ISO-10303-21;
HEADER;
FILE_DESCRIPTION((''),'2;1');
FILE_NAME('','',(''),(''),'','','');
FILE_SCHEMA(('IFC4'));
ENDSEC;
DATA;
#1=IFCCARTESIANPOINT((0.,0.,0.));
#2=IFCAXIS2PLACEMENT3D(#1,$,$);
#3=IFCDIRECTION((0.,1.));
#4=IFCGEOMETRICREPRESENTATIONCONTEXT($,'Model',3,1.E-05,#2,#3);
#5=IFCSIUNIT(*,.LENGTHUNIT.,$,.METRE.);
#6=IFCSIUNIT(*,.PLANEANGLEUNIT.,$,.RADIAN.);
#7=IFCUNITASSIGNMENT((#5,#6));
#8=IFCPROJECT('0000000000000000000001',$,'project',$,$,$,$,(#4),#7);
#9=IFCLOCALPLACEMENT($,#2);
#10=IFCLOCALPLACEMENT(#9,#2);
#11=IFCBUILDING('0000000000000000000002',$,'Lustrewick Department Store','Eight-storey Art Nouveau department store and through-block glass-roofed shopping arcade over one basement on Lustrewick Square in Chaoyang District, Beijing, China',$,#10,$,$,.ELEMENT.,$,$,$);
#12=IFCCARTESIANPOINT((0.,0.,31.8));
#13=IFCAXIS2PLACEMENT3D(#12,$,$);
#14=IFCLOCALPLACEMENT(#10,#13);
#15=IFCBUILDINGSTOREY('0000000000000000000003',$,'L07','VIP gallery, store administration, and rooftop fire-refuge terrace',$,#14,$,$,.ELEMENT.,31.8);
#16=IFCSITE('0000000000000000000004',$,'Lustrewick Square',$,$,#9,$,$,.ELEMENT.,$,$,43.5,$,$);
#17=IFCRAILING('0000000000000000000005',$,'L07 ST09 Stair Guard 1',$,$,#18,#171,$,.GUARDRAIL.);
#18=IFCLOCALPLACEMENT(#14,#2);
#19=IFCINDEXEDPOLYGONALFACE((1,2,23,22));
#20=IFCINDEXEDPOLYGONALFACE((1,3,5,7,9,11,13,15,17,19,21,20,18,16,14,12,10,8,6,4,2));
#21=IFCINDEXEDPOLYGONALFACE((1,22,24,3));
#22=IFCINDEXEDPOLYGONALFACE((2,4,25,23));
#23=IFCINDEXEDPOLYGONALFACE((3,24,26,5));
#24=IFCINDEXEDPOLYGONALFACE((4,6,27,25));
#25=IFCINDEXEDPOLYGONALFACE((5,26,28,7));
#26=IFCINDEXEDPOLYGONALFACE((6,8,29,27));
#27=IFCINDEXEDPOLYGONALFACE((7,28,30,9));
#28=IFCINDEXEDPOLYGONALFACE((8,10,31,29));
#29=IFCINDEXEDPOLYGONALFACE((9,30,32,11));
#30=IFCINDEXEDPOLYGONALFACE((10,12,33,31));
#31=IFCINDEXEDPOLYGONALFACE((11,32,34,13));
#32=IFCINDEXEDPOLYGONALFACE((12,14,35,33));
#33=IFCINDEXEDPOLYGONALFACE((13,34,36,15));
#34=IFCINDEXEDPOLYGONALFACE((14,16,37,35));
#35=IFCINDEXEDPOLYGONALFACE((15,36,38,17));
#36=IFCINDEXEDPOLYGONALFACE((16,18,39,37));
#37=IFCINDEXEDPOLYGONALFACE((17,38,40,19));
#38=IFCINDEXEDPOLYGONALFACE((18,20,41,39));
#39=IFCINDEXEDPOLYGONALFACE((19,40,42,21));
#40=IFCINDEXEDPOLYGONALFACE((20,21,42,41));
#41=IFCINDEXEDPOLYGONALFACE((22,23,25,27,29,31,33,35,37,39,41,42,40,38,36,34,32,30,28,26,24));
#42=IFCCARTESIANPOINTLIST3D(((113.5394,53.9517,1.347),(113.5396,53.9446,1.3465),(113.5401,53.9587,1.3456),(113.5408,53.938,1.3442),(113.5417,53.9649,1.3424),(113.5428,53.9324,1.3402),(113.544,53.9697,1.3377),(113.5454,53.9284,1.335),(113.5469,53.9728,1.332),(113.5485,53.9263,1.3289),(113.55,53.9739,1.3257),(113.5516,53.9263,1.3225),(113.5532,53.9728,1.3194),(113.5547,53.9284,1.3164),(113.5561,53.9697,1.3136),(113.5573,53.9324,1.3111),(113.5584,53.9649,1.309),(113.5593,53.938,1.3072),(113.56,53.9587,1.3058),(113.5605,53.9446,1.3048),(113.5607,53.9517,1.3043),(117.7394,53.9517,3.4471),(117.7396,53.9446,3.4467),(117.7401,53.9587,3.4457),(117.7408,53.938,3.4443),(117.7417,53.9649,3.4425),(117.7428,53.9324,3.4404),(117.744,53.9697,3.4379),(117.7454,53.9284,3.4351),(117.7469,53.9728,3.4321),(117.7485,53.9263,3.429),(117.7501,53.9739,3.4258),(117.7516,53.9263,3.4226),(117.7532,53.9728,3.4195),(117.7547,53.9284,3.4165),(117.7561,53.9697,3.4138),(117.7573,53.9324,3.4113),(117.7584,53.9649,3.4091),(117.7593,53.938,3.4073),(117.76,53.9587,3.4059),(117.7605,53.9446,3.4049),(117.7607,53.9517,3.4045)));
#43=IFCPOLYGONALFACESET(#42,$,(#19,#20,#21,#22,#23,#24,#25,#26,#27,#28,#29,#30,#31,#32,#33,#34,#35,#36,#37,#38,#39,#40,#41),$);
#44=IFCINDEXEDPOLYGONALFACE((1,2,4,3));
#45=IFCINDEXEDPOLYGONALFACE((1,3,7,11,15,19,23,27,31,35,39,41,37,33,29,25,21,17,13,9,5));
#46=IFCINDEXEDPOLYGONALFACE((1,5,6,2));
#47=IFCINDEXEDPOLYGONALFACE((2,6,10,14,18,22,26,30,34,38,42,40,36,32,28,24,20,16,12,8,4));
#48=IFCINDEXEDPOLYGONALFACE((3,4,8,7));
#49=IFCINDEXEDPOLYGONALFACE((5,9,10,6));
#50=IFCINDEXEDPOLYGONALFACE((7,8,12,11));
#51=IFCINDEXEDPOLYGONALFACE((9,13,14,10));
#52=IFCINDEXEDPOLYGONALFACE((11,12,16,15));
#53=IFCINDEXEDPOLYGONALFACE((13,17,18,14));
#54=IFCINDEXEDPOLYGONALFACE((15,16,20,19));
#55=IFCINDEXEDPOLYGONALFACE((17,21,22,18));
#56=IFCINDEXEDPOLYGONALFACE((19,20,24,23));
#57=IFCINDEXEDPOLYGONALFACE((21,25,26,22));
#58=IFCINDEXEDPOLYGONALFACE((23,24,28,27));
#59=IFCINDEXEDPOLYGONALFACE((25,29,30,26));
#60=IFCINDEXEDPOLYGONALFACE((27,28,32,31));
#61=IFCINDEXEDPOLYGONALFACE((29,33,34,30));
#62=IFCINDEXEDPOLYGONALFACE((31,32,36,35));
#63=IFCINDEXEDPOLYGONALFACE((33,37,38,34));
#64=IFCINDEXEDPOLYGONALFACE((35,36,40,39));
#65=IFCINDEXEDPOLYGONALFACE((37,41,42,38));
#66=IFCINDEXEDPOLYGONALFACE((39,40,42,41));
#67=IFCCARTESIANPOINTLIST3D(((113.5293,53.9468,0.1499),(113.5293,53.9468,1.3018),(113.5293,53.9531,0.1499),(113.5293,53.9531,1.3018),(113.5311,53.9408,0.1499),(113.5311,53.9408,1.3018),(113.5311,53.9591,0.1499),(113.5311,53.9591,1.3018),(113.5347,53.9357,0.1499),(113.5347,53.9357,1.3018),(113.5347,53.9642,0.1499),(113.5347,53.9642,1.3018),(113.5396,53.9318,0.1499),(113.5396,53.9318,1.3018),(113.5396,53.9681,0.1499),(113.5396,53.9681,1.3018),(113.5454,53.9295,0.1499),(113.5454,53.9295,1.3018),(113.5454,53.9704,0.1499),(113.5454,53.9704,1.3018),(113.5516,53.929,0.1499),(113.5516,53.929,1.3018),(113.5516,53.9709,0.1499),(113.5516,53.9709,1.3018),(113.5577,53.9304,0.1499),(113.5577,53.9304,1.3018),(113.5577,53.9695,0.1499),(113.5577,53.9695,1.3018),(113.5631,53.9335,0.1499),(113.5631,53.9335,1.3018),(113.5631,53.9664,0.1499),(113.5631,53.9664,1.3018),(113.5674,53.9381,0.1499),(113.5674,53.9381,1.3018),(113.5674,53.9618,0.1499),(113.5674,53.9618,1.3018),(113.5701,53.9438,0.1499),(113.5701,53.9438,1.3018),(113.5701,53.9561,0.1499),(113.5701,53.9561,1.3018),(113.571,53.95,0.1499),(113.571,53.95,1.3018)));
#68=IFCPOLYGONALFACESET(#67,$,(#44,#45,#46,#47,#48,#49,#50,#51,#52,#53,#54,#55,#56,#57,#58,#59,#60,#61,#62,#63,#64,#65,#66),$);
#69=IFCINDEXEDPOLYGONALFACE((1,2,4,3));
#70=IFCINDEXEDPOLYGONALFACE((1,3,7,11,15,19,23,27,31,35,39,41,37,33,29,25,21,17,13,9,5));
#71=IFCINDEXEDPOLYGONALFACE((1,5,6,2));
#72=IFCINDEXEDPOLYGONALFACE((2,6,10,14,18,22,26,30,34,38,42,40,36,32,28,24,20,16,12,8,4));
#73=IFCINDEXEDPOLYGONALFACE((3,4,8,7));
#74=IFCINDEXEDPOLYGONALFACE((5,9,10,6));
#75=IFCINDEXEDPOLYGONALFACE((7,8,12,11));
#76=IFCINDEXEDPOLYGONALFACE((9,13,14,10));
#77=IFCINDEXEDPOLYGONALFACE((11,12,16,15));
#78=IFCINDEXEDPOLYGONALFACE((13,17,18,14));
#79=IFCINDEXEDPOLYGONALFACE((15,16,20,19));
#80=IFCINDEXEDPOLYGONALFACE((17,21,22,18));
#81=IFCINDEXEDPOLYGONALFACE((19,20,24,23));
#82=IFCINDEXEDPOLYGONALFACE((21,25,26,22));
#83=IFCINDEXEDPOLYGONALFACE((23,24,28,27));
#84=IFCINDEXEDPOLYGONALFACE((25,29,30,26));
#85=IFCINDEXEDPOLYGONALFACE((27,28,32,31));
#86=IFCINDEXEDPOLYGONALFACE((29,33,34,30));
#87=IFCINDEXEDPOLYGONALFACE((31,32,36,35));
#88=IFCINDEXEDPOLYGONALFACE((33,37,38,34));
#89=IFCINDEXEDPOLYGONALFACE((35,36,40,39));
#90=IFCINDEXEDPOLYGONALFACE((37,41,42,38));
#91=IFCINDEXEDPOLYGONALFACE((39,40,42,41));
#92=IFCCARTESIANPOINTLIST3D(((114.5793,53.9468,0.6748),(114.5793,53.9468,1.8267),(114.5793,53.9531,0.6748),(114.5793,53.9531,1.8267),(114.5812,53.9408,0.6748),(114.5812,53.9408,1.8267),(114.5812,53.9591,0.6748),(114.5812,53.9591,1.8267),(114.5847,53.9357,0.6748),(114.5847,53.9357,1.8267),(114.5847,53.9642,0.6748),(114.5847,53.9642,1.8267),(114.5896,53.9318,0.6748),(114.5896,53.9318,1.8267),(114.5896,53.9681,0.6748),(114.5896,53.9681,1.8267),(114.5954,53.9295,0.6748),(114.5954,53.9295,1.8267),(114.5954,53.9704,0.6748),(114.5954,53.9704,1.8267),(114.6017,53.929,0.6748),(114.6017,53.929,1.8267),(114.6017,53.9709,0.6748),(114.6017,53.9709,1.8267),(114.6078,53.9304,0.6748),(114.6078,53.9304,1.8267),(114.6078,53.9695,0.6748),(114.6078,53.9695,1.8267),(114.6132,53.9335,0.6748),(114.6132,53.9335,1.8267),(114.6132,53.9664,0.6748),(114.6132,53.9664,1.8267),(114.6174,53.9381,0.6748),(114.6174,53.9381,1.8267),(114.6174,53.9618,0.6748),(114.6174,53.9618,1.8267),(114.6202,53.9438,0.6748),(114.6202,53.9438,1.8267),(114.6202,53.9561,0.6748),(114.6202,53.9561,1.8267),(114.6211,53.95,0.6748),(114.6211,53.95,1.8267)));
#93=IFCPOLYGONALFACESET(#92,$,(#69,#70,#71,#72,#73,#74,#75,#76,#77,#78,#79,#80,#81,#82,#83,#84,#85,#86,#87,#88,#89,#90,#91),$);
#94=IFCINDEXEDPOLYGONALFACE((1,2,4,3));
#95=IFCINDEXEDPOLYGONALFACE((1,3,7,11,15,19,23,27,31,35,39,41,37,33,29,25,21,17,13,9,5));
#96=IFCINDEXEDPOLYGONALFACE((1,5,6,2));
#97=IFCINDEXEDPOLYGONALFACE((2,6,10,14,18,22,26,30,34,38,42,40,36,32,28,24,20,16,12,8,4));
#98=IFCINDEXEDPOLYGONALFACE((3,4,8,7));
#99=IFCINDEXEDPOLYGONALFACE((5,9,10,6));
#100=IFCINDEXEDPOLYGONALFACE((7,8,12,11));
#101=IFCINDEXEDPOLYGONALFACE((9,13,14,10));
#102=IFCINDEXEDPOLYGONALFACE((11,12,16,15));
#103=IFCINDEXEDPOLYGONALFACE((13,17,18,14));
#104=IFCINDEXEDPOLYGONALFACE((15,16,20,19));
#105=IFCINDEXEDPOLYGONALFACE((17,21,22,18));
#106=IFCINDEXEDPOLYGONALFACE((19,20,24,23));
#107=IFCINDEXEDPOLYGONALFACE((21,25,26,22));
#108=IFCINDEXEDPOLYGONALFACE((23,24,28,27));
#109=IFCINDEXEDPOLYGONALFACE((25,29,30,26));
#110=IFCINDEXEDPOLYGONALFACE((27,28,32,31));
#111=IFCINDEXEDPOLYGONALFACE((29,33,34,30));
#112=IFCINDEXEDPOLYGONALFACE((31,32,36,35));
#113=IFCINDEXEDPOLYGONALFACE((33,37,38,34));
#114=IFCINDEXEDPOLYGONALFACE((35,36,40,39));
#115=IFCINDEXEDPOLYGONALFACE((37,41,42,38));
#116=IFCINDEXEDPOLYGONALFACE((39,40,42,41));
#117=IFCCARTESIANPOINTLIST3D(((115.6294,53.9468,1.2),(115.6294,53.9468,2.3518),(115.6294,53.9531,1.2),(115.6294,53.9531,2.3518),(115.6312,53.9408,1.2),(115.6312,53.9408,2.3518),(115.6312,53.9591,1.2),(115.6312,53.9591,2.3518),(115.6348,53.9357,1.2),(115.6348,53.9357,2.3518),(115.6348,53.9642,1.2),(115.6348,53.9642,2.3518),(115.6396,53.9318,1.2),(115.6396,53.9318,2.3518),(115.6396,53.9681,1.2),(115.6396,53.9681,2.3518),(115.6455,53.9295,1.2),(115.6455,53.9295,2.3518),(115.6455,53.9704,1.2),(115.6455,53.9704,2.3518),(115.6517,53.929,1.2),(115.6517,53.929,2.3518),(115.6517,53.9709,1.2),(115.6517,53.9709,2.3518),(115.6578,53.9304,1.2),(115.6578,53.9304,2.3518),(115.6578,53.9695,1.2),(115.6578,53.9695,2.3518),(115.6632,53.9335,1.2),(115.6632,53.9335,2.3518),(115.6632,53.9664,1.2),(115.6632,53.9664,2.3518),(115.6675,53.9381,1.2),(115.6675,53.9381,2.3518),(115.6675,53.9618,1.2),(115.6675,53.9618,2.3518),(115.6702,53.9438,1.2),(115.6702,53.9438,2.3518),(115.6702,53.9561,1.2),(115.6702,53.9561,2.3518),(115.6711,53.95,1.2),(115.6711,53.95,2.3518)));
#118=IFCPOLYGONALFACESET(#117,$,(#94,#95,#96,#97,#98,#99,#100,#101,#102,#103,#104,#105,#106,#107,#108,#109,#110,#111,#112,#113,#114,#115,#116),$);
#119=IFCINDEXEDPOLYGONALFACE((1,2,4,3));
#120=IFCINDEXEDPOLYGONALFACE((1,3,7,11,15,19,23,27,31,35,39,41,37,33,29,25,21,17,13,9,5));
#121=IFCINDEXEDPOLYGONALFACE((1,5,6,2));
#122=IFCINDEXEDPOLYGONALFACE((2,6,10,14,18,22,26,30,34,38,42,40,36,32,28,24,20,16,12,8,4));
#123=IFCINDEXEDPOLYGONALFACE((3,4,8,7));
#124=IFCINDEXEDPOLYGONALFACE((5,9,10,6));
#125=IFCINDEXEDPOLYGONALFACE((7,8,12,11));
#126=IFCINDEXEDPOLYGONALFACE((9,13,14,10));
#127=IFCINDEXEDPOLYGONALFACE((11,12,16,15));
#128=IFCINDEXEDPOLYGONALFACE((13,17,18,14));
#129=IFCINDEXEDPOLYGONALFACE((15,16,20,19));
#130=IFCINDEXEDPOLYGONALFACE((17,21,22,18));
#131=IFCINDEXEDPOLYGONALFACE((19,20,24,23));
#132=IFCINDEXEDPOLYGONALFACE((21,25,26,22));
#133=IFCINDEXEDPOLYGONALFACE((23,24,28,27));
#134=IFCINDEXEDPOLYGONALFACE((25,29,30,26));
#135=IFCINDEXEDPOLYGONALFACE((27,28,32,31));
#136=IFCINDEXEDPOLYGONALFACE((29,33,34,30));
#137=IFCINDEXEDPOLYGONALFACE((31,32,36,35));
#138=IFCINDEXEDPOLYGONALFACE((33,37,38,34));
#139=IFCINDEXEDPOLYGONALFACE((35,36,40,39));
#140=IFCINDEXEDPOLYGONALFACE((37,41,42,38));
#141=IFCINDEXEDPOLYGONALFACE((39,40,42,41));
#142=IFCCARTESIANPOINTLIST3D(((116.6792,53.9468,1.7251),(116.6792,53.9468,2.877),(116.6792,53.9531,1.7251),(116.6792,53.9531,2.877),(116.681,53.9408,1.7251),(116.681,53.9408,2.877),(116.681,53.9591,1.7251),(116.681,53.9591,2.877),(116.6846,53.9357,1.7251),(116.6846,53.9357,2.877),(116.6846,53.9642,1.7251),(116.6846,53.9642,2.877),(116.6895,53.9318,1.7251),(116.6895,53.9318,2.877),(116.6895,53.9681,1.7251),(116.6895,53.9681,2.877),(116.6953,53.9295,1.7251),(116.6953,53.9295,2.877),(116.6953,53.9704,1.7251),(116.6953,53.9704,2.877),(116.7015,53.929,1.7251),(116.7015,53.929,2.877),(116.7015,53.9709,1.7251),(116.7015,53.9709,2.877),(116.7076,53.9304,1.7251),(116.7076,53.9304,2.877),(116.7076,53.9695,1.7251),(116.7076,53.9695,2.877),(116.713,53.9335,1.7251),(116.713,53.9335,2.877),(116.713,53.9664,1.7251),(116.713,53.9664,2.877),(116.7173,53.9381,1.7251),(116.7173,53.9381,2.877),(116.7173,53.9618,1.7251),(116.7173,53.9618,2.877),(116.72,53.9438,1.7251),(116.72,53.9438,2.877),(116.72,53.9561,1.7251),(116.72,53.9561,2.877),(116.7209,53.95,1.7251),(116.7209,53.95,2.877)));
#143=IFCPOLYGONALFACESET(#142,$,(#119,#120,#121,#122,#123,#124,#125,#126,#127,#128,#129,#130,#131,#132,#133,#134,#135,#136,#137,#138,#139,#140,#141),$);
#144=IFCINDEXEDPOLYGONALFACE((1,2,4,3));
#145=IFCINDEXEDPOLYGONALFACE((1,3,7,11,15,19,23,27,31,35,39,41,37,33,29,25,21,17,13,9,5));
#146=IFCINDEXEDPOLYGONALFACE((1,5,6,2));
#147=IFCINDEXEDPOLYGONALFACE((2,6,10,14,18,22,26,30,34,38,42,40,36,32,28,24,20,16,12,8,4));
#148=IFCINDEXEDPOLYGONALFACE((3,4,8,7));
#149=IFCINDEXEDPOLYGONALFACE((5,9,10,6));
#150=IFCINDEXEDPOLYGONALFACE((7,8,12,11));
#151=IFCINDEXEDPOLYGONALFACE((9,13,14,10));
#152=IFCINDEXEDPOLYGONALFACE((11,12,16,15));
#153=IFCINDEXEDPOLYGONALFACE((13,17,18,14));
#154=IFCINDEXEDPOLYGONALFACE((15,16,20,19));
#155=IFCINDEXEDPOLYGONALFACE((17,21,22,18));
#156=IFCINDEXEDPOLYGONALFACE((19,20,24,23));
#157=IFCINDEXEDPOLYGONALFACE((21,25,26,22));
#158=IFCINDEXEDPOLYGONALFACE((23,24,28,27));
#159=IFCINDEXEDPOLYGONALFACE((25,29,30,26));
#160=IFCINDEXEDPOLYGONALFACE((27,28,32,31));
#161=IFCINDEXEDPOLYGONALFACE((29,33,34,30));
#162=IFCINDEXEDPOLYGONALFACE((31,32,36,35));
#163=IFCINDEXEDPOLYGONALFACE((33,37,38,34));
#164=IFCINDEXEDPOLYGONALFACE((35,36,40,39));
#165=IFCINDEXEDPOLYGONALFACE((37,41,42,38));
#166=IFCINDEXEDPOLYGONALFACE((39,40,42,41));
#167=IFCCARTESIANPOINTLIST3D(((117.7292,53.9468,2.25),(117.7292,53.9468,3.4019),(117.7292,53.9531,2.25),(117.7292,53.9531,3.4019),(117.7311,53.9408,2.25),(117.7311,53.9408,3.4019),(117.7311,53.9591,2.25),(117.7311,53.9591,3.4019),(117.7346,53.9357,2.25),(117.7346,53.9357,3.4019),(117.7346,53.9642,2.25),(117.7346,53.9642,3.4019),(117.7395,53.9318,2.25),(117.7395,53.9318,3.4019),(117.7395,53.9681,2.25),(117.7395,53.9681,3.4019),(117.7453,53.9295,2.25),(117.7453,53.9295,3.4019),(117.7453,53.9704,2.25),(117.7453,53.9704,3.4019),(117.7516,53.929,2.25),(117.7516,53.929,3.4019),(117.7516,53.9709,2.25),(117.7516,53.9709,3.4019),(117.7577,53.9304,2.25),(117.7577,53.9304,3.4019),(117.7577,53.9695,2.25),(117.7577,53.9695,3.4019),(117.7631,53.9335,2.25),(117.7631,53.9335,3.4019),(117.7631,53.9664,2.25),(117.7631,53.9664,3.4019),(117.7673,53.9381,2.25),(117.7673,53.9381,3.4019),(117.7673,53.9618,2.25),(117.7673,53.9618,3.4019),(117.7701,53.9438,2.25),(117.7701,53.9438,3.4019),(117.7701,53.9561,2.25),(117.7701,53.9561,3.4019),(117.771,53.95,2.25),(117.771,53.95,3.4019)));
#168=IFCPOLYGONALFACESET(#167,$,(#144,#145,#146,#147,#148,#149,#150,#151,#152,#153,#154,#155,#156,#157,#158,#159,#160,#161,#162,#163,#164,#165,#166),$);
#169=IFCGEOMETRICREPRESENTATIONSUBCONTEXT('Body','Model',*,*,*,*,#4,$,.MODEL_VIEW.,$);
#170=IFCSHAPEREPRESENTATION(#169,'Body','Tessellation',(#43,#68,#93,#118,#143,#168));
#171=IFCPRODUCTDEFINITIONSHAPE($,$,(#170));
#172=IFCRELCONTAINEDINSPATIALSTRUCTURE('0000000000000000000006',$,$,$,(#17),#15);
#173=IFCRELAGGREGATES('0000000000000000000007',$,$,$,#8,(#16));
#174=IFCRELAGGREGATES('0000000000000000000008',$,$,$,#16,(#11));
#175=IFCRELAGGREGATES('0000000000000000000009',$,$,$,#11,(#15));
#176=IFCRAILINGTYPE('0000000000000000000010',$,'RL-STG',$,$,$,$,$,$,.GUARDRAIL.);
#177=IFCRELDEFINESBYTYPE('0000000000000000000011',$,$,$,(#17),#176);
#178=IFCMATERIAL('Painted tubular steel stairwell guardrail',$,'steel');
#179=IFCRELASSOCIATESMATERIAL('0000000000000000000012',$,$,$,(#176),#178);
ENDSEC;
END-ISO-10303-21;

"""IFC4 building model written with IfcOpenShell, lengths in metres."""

from ifc_helpers import new_model, si_unit, direction, frame, origin, origin_2d, place, context, subcontext, project, spatial, circle, extrude, material, type_object, element, save


model = new_model("IFC4")

# Units and contexts
model_context = context("Model", 3, precision=1e-05, world=origin(), true_north=direction((0.0, 1.0)))
body_context = subcontext(model_context, "Body", "Model", "MODEL_VIEW")
ifc_project = project(units=[si_unit("LENGTHUNIT", "METRE"), si_unit("PLANEANGLEUNIT", "RADIAN")], contexts=[model_context])

# Site, building, storey
site_placement = place(None, origin())
site = spatial("IfcSite", under=ifc_project, at=site_placement, Name="Lustrewick Square", CompositionType="ELEMENT", RefElevation=43.5)
building_placement = place(site_placement, origin())
building = spatial("IfcBuilding", under=site, at=building_placement, Name="Lustrewick Department Store", Description="Eight-storey Art Nouveau department store and through-block glass-roofed shopping arcade over one basement on Lustrewick Square in Chaoyang District, Beijing, China", CompositionType="ELEMENT")
storey_placement = place(building_placement, frame((0.0, 0.0, 31.8)))
storey = spatial("IfcBuildingStorey", under=building, at=storey_placement, Name="L07", Description="VIP gallery, store administration, and rooftop fire-refuge terrace", CompositionType="ELEMENT", Elevation=31.8)

# Railing
ifc_material_1 = material(Name="Painted tubular steel stairwell guardrail", Category="steel")
railing_type_1 = type_object("IfcRailingType", Name="RL-STG", PredefinedType="GUARDRAIL", material=ifc_material_1)
railing_1_placement = place(storey_placement, frame((113.55, 53.95, 0.1499)))
element("IfcRailing", 1, at=railing_1_placement, inside=storey, type_object=railing_type_1, Name="L07 ST09 Stair Guard 1", PredefinedType="GUARDRAIL", context=body_context, shape_type="SweptSolid", body=[
    extrude(circle(Radius=0.0239, at=origin_2d()), frame((0.0, 0.0, 1.1758), z_axis=(0.894417, 0.0, 0.447234), x_axis=(0.0, 1.0, 0.0)), (0.0, 0.0, 1.0), 4.6958),
    extrude(circle(Radius=0.021, at=origin_2d()), origin(), (0.0, 0.0, 1.0), 1.1519),
    extrude(circle(Radius=0.021, at=origin_2d()), frame((1.05, 0.0, 0.5249)), (0.0, 0.0, 1.0), 1.1519),
    extrude(circle(Radius=0.021, at=origin_2d()), frame((2.1001, 0.0, 1.05)), (0.0, 0.0, 1.0), 1.1519),
    extrude(circle(Radius=0.021, at=origin_2d()), frame((3.1499, 0.0, 1.5752)), (0.0, 0.0, 1.0), 1.1519),
    extrude(circle(Radius=0.021, at=origin_2d()), frame((4.2, 0.0, 2.1001)), (0.0, 0.0, 1.0), 1.1519),
])

save(model, "model.ifc")
